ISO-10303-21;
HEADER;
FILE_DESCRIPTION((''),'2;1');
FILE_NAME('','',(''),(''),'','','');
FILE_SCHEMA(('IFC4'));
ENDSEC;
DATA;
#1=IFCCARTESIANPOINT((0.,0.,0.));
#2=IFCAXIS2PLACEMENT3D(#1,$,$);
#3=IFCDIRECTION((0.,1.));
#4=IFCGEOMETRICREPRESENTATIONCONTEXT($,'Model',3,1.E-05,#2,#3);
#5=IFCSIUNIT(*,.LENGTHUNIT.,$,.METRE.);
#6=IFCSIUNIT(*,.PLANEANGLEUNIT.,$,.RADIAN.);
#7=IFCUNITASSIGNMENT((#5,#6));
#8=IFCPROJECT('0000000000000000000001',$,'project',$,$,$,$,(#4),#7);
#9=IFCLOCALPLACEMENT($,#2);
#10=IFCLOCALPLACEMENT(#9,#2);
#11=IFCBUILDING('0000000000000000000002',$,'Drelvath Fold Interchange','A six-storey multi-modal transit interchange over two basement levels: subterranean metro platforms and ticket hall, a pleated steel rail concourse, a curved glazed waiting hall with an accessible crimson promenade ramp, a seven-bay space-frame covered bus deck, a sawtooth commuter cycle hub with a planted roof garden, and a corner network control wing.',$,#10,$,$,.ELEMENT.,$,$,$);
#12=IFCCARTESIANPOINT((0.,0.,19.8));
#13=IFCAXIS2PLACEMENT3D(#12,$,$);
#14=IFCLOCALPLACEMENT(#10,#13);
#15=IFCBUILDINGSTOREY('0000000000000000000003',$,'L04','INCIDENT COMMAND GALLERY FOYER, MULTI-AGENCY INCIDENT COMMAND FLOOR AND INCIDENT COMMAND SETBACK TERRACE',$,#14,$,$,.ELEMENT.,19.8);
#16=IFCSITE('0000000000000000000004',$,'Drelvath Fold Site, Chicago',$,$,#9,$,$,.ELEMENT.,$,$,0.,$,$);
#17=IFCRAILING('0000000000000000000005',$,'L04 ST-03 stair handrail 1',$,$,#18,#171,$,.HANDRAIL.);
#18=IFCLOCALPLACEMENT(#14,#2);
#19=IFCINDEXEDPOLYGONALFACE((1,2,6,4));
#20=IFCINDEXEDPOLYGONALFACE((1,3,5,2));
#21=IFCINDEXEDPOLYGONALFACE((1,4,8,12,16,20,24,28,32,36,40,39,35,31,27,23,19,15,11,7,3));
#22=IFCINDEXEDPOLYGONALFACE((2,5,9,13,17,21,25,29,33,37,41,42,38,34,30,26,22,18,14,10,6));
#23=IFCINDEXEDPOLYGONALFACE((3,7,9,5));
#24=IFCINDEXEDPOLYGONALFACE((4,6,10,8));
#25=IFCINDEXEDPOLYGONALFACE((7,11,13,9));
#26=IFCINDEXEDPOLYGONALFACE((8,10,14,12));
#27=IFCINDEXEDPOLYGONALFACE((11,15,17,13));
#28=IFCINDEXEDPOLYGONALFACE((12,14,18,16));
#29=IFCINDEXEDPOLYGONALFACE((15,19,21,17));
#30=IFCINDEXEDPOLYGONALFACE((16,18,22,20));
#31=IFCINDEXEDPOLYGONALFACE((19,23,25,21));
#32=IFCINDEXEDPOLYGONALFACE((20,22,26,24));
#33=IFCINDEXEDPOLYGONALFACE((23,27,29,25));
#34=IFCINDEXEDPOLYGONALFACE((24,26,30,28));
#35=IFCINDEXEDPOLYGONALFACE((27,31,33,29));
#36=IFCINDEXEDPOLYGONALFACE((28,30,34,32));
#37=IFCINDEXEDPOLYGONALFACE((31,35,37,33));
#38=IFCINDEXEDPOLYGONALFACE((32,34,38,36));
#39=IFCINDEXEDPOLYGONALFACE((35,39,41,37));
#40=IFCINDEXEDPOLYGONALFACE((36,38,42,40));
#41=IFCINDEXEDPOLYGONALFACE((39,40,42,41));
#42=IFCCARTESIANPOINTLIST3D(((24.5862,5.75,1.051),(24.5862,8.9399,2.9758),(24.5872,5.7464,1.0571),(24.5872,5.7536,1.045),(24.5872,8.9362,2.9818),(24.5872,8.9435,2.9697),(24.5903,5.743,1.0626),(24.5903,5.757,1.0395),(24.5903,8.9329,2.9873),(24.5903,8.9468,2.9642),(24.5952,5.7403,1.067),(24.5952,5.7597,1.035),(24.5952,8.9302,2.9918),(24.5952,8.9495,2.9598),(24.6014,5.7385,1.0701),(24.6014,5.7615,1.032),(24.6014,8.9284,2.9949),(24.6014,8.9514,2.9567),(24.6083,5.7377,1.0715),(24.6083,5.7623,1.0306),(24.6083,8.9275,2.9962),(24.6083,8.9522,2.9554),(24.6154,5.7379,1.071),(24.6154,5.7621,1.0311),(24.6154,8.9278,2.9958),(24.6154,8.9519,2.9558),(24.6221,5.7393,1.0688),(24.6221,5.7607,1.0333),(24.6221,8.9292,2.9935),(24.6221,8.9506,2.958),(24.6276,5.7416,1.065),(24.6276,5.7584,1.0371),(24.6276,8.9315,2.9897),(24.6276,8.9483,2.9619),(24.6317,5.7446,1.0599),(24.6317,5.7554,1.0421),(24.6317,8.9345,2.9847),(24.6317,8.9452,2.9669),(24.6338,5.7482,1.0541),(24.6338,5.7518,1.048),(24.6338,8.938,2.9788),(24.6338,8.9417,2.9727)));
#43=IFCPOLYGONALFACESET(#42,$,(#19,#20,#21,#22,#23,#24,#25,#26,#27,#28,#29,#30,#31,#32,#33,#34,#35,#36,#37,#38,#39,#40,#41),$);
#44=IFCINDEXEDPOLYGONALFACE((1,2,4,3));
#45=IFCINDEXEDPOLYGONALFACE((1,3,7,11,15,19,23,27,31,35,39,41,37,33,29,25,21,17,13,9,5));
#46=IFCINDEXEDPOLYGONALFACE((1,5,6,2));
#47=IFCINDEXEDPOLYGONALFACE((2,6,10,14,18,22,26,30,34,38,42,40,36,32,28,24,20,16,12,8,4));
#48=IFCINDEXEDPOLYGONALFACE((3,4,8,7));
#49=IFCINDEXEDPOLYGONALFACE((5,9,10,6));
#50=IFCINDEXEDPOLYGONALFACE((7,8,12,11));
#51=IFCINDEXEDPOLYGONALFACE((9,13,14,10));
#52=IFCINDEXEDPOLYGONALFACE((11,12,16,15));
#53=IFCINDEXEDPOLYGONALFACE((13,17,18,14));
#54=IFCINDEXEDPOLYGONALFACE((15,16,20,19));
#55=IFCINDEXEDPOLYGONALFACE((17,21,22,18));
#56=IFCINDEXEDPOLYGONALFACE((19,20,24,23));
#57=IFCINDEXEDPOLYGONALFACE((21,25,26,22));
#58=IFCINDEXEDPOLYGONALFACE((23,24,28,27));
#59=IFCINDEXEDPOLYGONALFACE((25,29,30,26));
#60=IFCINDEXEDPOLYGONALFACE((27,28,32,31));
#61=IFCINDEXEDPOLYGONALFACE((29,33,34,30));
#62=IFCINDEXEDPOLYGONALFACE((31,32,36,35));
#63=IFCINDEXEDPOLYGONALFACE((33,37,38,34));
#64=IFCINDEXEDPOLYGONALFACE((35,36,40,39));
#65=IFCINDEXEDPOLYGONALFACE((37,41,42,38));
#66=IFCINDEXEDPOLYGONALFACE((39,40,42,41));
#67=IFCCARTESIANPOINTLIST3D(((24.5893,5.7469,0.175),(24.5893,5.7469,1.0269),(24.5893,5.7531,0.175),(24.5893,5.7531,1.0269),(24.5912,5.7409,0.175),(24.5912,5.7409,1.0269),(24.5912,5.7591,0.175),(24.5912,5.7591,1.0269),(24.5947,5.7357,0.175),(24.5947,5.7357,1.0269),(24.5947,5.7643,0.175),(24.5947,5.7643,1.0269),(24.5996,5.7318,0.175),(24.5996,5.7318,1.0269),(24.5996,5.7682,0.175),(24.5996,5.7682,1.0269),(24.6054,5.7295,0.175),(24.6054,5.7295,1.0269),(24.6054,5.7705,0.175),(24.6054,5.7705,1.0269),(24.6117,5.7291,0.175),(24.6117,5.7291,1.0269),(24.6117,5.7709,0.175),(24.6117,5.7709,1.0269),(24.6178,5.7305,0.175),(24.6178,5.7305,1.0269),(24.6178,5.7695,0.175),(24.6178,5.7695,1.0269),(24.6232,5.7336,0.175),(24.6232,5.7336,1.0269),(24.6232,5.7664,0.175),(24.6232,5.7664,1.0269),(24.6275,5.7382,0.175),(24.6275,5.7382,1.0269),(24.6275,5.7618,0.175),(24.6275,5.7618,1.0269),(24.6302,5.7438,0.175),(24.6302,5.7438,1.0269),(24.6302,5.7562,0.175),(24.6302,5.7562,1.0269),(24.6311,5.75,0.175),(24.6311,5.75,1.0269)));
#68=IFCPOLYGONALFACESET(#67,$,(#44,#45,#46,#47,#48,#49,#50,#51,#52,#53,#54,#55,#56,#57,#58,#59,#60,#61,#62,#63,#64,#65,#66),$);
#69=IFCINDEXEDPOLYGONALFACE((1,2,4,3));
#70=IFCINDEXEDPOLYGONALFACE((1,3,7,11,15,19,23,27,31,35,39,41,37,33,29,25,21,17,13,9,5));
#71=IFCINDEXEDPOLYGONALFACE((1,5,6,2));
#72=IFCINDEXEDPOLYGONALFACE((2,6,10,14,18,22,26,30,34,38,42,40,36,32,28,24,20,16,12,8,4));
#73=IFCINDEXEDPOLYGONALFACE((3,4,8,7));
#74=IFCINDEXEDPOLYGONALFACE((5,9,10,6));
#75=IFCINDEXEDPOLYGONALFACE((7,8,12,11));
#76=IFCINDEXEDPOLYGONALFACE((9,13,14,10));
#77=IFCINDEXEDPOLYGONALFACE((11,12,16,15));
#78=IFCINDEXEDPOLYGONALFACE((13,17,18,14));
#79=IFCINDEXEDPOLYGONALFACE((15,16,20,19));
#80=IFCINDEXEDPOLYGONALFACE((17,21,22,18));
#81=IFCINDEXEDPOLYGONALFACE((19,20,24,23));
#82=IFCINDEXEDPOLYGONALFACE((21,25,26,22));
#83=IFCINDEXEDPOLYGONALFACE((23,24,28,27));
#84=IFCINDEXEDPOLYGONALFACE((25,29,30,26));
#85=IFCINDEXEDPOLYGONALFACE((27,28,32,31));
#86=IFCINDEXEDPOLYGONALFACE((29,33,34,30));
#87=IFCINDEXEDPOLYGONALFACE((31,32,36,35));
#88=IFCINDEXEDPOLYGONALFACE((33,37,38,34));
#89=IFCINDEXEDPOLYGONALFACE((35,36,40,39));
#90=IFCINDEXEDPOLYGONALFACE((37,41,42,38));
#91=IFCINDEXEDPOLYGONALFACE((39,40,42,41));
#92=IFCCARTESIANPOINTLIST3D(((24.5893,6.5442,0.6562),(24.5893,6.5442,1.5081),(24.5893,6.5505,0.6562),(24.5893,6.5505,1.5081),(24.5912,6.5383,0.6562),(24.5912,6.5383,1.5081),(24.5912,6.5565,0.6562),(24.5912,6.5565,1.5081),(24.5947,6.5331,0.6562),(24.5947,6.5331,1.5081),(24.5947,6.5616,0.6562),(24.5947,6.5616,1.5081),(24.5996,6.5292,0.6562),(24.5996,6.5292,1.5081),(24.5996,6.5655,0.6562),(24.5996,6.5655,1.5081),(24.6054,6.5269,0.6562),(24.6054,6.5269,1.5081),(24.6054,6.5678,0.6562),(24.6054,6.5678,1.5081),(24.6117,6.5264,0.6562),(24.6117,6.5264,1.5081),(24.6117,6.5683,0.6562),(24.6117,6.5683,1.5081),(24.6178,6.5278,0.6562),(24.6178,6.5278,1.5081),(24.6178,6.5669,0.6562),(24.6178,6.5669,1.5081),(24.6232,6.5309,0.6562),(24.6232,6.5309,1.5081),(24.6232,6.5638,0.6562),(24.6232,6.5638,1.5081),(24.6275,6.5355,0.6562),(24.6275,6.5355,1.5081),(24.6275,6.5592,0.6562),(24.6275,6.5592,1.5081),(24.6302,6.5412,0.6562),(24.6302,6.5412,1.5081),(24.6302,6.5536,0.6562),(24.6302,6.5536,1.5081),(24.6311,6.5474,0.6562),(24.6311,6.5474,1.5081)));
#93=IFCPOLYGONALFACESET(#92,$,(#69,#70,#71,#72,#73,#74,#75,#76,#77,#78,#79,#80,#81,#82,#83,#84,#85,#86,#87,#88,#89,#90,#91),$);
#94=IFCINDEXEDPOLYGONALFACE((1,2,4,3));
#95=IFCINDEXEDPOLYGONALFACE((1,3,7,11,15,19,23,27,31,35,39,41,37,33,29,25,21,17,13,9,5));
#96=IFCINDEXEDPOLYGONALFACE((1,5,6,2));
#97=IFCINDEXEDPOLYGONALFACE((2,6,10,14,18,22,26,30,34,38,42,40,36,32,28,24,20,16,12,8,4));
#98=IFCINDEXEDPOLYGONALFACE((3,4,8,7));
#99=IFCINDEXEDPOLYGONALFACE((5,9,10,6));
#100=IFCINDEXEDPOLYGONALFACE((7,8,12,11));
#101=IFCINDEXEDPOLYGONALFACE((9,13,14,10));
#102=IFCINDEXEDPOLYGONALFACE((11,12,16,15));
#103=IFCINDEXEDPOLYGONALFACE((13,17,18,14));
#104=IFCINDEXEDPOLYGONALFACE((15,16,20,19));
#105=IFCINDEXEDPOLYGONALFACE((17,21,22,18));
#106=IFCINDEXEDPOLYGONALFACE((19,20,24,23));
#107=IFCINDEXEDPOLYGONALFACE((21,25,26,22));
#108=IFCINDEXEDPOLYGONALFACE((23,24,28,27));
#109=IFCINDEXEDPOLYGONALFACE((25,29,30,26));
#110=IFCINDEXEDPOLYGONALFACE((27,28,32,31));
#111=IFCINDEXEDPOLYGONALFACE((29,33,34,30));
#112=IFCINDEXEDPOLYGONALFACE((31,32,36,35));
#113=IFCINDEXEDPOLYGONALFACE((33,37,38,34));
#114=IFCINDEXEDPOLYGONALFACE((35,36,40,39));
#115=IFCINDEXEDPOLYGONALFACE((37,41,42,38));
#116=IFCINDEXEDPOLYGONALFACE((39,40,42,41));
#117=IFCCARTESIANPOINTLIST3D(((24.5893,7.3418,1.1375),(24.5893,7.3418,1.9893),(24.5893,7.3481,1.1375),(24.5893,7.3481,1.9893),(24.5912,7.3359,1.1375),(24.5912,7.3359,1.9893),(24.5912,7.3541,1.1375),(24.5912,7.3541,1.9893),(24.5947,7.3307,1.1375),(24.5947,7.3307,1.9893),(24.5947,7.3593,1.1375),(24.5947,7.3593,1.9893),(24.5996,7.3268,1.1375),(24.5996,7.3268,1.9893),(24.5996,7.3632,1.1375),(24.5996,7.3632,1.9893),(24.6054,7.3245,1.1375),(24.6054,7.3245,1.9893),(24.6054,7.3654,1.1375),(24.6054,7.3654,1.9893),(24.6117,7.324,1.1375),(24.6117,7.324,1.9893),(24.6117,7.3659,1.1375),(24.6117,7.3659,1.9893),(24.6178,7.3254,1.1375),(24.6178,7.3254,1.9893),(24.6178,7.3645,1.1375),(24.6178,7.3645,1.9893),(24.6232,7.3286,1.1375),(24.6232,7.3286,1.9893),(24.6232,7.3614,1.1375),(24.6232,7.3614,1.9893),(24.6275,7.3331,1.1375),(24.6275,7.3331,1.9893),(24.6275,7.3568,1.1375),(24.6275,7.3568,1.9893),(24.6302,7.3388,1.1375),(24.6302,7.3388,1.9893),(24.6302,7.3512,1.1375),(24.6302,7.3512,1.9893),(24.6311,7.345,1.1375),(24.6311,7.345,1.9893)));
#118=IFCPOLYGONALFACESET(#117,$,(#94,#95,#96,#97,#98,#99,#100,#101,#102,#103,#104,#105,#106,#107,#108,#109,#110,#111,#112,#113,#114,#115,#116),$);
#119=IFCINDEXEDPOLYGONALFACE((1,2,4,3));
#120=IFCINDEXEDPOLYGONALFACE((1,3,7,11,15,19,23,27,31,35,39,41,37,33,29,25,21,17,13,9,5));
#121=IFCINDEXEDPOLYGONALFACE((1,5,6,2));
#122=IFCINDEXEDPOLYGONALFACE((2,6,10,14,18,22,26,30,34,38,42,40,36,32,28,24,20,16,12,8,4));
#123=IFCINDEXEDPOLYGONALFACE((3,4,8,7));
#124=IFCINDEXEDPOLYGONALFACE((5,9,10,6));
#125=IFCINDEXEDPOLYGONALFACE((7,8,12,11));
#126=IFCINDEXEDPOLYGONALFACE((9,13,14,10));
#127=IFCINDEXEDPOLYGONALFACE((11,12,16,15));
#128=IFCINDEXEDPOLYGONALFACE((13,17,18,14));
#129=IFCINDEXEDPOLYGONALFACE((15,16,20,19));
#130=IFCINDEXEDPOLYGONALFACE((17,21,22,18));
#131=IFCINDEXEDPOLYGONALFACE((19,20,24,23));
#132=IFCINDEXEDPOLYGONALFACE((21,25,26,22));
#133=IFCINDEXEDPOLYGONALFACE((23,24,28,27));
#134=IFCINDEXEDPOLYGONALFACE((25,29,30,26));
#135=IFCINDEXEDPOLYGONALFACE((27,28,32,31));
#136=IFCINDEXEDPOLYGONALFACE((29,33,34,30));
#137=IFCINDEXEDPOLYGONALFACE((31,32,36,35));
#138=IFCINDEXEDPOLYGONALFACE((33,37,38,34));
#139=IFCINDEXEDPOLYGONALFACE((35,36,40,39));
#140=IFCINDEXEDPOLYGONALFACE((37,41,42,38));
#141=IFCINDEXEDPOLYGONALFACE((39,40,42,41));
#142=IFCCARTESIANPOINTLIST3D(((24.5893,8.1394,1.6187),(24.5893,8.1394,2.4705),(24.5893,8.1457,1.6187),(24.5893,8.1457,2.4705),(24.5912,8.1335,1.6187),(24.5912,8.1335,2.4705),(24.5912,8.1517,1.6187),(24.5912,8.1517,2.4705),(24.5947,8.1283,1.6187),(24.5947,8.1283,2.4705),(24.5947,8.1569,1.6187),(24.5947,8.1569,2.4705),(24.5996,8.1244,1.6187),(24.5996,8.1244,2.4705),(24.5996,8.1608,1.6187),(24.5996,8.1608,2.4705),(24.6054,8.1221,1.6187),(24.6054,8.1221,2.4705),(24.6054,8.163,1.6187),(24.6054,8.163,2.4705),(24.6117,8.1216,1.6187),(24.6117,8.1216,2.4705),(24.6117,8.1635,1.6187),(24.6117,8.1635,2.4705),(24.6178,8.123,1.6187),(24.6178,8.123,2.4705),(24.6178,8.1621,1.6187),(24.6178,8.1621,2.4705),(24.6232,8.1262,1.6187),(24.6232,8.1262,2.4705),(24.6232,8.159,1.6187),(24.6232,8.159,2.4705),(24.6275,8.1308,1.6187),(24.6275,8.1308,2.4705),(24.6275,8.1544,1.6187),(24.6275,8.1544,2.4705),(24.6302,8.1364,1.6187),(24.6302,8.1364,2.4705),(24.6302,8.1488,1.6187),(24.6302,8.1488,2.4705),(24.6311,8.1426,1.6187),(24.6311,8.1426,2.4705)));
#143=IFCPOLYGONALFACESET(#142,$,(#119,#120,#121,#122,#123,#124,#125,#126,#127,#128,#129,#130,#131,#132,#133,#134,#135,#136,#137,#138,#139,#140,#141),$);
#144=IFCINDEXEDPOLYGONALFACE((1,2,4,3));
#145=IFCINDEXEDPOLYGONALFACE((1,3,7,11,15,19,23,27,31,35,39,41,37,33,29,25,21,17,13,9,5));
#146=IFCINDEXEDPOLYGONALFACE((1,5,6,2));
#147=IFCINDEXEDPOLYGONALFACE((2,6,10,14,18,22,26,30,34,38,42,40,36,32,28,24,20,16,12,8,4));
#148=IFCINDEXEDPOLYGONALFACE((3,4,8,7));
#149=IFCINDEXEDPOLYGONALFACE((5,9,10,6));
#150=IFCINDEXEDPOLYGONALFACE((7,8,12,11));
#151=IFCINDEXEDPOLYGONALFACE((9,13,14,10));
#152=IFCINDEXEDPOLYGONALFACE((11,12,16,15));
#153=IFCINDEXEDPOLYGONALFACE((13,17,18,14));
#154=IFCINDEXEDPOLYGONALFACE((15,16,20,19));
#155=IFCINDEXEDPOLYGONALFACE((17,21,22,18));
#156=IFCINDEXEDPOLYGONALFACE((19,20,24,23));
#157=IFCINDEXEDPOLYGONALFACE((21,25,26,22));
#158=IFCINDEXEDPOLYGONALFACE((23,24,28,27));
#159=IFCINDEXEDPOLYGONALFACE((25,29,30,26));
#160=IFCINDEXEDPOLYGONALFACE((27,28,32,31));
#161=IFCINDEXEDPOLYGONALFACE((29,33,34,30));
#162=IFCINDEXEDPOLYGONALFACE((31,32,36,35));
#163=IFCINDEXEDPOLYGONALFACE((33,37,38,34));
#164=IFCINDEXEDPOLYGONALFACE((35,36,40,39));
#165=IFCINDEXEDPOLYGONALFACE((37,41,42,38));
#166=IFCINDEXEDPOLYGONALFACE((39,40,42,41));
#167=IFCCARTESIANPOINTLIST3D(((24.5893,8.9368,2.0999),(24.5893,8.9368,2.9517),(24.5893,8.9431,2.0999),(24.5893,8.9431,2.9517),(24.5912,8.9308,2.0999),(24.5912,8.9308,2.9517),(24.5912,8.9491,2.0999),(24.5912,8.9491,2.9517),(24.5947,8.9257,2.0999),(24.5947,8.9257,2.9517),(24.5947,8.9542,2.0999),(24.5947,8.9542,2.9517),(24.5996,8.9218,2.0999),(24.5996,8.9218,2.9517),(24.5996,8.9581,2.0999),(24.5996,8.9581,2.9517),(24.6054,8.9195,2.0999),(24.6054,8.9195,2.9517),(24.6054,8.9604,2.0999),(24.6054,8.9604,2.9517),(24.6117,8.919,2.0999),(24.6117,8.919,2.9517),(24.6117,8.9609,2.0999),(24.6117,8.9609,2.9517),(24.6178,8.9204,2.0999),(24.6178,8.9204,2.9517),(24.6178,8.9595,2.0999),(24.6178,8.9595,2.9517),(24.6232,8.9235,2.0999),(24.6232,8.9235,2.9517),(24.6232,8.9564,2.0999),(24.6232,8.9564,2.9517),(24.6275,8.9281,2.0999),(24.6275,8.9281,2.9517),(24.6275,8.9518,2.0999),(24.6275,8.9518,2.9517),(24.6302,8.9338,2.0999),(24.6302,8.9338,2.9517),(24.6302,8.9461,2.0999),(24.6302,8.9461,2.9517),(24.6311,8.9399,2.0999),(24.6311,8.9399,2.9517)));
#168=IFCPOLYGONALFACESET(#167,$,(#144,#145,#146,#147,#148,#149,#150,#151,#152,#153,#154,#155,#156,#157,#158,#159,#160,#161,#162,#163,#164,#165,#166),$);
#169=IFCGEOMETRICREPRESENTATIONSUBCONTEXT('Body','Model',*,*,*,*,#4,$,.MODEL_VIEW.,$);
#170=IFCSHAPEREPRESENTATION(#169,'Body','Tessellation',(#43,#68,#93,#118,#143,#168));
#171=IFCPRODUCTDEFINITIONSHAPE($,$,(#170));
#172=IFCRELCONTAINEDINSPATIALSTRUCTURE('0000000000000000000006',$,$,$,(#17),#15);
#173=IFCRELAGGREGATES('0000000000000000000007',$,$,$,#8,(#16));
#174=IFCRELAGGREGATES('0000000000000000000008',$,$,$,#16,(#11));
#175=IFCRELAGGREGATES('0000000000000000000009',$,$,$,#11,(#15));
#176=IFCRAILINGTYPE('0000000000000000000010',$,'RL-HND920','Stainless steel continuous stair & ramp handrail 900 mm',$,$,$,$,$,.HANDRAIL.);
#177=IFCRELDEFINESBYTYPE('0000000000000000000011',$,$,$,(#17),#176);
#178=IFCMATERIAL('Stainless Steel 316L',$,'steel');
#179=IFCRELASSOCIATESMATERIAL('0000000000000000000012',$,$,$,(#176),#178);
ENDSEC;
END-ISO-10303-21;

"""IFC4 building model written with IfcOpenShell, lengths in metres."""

from ifc_helpers import new_model, si_unit, direction, frame, origin, origin_2d, place, context, subcontext, project, spatial, circle, extrude, material, type_object, element, save


model = new_model("IFC4")

# Units and contexts
model_context = context("Model", 3, precision=1e-05, world=origin(), true_north=direction((0.0, 1.0)))
body_context = subcontext(model_context, "Body", "Model", "MODEL_VIEW")
ifc_project = project(units=[si_unit("LENGTHUNIT", "METRE"), si_unit("PLANEANGLEUNIT", "RADIAN")], contexts=[model_context])

# Site, building, storey
site_placement = place(None, origin())
site = spatial("IfcSite", under=ifc_project, at=site_placement, Name="Drelvath Fold Site, Chicago", CompositionType="ELEMENT", RefElevation=0.0)
building_placement = place(site_placement, origin())
building = spatial("IfcBuilding", under=site, at=building_placement, Name="Drelvath Fold Interchange", Description="A six-storey multi-modal transit interchange over two basement levels: subterranean metro platforms and ticket hall, a pleated steel rail concourse, a curved glazed waiting hall with an accessible crimson promenade ramp, a seven-bay space-frame covered bus deck, a sawtooth commuter cycle hub with a planted roof garden, and a corner network control wing.", CompositionType="ELEMENT")
storey_placement = place(building_placement, frame((0.0, 0.0, 19.8)))
storey = spatial("IfcBuildingStorey", under=building, at=storey_placement, Name="L04", Description="INCIDENT COMMAND GALLERY FOYER, MULTI-AGENCY INCIDENT COMMAND FLOOR AND INCIDENT COMMAND SETBACK TERRACE", CompositionType="ELEMENT", Elevation=19.8)

# Railing
ifc_material_1 = material(Name="Stainless Steel 316L", Category="steel")
railing_type_1 = type_object("IfcRailingType", Name="RL-HND920", Description="Stainless steel continuous stair & ramp handrail 900 mm", PredefinedType="HANDRAIL", material=ifc_material_1)
railing_1_placement = place(storey_placement, frame((24.6101, 5.75, 0.175)))
element("IfcRailing", 1, at=railing_1_placement, inside=storey, type_object=railing_type_1, Name="L04 ST-03 stair handrail 1", PredefinedType="HANDRAIL", context=body_context, shape_type="SweptSolid", body=[
    extrude(circle(Radius=0.0239, at=origin_2d()), frame((0.0, 0.0, 0.876), z_axis=(0.0, 0.856207, 0.516633), x_axis=(-1.0, 0.0, 0.0)), (0.0, 0.0, 1.0), 3.7256),
    extrude(circle(Radius=0.021, at=origin_2d()), origin(), (0.0, 0.0, 1.0), 0.8518),
    extrude(circle(Radius=0.021, at=origin_2d()), frame((0.0, 0.7974, 0.4812)), (0.0, 0.0, 1.0), 0.8518),
    extrude(circle(Radius=0.021, at=origin_2d()), frame((0.0, 1.595, 0.9624)), (0.0, 0.0, 1.0), 0.8518),
    extrude(circle(Radius=0.021, at=origin_2d()), frame((0.0, 2.3926, 1.4436)), (0.0, 0.0, 1.0), 0.8518),
    extrude(circle(Radius=0.021, at=origin_2d()), frame((0.0, 3.1899, 1.9248)), (0.0, 0.0, 1.0), 0.8518),
])

save(model, "model.ifc")
